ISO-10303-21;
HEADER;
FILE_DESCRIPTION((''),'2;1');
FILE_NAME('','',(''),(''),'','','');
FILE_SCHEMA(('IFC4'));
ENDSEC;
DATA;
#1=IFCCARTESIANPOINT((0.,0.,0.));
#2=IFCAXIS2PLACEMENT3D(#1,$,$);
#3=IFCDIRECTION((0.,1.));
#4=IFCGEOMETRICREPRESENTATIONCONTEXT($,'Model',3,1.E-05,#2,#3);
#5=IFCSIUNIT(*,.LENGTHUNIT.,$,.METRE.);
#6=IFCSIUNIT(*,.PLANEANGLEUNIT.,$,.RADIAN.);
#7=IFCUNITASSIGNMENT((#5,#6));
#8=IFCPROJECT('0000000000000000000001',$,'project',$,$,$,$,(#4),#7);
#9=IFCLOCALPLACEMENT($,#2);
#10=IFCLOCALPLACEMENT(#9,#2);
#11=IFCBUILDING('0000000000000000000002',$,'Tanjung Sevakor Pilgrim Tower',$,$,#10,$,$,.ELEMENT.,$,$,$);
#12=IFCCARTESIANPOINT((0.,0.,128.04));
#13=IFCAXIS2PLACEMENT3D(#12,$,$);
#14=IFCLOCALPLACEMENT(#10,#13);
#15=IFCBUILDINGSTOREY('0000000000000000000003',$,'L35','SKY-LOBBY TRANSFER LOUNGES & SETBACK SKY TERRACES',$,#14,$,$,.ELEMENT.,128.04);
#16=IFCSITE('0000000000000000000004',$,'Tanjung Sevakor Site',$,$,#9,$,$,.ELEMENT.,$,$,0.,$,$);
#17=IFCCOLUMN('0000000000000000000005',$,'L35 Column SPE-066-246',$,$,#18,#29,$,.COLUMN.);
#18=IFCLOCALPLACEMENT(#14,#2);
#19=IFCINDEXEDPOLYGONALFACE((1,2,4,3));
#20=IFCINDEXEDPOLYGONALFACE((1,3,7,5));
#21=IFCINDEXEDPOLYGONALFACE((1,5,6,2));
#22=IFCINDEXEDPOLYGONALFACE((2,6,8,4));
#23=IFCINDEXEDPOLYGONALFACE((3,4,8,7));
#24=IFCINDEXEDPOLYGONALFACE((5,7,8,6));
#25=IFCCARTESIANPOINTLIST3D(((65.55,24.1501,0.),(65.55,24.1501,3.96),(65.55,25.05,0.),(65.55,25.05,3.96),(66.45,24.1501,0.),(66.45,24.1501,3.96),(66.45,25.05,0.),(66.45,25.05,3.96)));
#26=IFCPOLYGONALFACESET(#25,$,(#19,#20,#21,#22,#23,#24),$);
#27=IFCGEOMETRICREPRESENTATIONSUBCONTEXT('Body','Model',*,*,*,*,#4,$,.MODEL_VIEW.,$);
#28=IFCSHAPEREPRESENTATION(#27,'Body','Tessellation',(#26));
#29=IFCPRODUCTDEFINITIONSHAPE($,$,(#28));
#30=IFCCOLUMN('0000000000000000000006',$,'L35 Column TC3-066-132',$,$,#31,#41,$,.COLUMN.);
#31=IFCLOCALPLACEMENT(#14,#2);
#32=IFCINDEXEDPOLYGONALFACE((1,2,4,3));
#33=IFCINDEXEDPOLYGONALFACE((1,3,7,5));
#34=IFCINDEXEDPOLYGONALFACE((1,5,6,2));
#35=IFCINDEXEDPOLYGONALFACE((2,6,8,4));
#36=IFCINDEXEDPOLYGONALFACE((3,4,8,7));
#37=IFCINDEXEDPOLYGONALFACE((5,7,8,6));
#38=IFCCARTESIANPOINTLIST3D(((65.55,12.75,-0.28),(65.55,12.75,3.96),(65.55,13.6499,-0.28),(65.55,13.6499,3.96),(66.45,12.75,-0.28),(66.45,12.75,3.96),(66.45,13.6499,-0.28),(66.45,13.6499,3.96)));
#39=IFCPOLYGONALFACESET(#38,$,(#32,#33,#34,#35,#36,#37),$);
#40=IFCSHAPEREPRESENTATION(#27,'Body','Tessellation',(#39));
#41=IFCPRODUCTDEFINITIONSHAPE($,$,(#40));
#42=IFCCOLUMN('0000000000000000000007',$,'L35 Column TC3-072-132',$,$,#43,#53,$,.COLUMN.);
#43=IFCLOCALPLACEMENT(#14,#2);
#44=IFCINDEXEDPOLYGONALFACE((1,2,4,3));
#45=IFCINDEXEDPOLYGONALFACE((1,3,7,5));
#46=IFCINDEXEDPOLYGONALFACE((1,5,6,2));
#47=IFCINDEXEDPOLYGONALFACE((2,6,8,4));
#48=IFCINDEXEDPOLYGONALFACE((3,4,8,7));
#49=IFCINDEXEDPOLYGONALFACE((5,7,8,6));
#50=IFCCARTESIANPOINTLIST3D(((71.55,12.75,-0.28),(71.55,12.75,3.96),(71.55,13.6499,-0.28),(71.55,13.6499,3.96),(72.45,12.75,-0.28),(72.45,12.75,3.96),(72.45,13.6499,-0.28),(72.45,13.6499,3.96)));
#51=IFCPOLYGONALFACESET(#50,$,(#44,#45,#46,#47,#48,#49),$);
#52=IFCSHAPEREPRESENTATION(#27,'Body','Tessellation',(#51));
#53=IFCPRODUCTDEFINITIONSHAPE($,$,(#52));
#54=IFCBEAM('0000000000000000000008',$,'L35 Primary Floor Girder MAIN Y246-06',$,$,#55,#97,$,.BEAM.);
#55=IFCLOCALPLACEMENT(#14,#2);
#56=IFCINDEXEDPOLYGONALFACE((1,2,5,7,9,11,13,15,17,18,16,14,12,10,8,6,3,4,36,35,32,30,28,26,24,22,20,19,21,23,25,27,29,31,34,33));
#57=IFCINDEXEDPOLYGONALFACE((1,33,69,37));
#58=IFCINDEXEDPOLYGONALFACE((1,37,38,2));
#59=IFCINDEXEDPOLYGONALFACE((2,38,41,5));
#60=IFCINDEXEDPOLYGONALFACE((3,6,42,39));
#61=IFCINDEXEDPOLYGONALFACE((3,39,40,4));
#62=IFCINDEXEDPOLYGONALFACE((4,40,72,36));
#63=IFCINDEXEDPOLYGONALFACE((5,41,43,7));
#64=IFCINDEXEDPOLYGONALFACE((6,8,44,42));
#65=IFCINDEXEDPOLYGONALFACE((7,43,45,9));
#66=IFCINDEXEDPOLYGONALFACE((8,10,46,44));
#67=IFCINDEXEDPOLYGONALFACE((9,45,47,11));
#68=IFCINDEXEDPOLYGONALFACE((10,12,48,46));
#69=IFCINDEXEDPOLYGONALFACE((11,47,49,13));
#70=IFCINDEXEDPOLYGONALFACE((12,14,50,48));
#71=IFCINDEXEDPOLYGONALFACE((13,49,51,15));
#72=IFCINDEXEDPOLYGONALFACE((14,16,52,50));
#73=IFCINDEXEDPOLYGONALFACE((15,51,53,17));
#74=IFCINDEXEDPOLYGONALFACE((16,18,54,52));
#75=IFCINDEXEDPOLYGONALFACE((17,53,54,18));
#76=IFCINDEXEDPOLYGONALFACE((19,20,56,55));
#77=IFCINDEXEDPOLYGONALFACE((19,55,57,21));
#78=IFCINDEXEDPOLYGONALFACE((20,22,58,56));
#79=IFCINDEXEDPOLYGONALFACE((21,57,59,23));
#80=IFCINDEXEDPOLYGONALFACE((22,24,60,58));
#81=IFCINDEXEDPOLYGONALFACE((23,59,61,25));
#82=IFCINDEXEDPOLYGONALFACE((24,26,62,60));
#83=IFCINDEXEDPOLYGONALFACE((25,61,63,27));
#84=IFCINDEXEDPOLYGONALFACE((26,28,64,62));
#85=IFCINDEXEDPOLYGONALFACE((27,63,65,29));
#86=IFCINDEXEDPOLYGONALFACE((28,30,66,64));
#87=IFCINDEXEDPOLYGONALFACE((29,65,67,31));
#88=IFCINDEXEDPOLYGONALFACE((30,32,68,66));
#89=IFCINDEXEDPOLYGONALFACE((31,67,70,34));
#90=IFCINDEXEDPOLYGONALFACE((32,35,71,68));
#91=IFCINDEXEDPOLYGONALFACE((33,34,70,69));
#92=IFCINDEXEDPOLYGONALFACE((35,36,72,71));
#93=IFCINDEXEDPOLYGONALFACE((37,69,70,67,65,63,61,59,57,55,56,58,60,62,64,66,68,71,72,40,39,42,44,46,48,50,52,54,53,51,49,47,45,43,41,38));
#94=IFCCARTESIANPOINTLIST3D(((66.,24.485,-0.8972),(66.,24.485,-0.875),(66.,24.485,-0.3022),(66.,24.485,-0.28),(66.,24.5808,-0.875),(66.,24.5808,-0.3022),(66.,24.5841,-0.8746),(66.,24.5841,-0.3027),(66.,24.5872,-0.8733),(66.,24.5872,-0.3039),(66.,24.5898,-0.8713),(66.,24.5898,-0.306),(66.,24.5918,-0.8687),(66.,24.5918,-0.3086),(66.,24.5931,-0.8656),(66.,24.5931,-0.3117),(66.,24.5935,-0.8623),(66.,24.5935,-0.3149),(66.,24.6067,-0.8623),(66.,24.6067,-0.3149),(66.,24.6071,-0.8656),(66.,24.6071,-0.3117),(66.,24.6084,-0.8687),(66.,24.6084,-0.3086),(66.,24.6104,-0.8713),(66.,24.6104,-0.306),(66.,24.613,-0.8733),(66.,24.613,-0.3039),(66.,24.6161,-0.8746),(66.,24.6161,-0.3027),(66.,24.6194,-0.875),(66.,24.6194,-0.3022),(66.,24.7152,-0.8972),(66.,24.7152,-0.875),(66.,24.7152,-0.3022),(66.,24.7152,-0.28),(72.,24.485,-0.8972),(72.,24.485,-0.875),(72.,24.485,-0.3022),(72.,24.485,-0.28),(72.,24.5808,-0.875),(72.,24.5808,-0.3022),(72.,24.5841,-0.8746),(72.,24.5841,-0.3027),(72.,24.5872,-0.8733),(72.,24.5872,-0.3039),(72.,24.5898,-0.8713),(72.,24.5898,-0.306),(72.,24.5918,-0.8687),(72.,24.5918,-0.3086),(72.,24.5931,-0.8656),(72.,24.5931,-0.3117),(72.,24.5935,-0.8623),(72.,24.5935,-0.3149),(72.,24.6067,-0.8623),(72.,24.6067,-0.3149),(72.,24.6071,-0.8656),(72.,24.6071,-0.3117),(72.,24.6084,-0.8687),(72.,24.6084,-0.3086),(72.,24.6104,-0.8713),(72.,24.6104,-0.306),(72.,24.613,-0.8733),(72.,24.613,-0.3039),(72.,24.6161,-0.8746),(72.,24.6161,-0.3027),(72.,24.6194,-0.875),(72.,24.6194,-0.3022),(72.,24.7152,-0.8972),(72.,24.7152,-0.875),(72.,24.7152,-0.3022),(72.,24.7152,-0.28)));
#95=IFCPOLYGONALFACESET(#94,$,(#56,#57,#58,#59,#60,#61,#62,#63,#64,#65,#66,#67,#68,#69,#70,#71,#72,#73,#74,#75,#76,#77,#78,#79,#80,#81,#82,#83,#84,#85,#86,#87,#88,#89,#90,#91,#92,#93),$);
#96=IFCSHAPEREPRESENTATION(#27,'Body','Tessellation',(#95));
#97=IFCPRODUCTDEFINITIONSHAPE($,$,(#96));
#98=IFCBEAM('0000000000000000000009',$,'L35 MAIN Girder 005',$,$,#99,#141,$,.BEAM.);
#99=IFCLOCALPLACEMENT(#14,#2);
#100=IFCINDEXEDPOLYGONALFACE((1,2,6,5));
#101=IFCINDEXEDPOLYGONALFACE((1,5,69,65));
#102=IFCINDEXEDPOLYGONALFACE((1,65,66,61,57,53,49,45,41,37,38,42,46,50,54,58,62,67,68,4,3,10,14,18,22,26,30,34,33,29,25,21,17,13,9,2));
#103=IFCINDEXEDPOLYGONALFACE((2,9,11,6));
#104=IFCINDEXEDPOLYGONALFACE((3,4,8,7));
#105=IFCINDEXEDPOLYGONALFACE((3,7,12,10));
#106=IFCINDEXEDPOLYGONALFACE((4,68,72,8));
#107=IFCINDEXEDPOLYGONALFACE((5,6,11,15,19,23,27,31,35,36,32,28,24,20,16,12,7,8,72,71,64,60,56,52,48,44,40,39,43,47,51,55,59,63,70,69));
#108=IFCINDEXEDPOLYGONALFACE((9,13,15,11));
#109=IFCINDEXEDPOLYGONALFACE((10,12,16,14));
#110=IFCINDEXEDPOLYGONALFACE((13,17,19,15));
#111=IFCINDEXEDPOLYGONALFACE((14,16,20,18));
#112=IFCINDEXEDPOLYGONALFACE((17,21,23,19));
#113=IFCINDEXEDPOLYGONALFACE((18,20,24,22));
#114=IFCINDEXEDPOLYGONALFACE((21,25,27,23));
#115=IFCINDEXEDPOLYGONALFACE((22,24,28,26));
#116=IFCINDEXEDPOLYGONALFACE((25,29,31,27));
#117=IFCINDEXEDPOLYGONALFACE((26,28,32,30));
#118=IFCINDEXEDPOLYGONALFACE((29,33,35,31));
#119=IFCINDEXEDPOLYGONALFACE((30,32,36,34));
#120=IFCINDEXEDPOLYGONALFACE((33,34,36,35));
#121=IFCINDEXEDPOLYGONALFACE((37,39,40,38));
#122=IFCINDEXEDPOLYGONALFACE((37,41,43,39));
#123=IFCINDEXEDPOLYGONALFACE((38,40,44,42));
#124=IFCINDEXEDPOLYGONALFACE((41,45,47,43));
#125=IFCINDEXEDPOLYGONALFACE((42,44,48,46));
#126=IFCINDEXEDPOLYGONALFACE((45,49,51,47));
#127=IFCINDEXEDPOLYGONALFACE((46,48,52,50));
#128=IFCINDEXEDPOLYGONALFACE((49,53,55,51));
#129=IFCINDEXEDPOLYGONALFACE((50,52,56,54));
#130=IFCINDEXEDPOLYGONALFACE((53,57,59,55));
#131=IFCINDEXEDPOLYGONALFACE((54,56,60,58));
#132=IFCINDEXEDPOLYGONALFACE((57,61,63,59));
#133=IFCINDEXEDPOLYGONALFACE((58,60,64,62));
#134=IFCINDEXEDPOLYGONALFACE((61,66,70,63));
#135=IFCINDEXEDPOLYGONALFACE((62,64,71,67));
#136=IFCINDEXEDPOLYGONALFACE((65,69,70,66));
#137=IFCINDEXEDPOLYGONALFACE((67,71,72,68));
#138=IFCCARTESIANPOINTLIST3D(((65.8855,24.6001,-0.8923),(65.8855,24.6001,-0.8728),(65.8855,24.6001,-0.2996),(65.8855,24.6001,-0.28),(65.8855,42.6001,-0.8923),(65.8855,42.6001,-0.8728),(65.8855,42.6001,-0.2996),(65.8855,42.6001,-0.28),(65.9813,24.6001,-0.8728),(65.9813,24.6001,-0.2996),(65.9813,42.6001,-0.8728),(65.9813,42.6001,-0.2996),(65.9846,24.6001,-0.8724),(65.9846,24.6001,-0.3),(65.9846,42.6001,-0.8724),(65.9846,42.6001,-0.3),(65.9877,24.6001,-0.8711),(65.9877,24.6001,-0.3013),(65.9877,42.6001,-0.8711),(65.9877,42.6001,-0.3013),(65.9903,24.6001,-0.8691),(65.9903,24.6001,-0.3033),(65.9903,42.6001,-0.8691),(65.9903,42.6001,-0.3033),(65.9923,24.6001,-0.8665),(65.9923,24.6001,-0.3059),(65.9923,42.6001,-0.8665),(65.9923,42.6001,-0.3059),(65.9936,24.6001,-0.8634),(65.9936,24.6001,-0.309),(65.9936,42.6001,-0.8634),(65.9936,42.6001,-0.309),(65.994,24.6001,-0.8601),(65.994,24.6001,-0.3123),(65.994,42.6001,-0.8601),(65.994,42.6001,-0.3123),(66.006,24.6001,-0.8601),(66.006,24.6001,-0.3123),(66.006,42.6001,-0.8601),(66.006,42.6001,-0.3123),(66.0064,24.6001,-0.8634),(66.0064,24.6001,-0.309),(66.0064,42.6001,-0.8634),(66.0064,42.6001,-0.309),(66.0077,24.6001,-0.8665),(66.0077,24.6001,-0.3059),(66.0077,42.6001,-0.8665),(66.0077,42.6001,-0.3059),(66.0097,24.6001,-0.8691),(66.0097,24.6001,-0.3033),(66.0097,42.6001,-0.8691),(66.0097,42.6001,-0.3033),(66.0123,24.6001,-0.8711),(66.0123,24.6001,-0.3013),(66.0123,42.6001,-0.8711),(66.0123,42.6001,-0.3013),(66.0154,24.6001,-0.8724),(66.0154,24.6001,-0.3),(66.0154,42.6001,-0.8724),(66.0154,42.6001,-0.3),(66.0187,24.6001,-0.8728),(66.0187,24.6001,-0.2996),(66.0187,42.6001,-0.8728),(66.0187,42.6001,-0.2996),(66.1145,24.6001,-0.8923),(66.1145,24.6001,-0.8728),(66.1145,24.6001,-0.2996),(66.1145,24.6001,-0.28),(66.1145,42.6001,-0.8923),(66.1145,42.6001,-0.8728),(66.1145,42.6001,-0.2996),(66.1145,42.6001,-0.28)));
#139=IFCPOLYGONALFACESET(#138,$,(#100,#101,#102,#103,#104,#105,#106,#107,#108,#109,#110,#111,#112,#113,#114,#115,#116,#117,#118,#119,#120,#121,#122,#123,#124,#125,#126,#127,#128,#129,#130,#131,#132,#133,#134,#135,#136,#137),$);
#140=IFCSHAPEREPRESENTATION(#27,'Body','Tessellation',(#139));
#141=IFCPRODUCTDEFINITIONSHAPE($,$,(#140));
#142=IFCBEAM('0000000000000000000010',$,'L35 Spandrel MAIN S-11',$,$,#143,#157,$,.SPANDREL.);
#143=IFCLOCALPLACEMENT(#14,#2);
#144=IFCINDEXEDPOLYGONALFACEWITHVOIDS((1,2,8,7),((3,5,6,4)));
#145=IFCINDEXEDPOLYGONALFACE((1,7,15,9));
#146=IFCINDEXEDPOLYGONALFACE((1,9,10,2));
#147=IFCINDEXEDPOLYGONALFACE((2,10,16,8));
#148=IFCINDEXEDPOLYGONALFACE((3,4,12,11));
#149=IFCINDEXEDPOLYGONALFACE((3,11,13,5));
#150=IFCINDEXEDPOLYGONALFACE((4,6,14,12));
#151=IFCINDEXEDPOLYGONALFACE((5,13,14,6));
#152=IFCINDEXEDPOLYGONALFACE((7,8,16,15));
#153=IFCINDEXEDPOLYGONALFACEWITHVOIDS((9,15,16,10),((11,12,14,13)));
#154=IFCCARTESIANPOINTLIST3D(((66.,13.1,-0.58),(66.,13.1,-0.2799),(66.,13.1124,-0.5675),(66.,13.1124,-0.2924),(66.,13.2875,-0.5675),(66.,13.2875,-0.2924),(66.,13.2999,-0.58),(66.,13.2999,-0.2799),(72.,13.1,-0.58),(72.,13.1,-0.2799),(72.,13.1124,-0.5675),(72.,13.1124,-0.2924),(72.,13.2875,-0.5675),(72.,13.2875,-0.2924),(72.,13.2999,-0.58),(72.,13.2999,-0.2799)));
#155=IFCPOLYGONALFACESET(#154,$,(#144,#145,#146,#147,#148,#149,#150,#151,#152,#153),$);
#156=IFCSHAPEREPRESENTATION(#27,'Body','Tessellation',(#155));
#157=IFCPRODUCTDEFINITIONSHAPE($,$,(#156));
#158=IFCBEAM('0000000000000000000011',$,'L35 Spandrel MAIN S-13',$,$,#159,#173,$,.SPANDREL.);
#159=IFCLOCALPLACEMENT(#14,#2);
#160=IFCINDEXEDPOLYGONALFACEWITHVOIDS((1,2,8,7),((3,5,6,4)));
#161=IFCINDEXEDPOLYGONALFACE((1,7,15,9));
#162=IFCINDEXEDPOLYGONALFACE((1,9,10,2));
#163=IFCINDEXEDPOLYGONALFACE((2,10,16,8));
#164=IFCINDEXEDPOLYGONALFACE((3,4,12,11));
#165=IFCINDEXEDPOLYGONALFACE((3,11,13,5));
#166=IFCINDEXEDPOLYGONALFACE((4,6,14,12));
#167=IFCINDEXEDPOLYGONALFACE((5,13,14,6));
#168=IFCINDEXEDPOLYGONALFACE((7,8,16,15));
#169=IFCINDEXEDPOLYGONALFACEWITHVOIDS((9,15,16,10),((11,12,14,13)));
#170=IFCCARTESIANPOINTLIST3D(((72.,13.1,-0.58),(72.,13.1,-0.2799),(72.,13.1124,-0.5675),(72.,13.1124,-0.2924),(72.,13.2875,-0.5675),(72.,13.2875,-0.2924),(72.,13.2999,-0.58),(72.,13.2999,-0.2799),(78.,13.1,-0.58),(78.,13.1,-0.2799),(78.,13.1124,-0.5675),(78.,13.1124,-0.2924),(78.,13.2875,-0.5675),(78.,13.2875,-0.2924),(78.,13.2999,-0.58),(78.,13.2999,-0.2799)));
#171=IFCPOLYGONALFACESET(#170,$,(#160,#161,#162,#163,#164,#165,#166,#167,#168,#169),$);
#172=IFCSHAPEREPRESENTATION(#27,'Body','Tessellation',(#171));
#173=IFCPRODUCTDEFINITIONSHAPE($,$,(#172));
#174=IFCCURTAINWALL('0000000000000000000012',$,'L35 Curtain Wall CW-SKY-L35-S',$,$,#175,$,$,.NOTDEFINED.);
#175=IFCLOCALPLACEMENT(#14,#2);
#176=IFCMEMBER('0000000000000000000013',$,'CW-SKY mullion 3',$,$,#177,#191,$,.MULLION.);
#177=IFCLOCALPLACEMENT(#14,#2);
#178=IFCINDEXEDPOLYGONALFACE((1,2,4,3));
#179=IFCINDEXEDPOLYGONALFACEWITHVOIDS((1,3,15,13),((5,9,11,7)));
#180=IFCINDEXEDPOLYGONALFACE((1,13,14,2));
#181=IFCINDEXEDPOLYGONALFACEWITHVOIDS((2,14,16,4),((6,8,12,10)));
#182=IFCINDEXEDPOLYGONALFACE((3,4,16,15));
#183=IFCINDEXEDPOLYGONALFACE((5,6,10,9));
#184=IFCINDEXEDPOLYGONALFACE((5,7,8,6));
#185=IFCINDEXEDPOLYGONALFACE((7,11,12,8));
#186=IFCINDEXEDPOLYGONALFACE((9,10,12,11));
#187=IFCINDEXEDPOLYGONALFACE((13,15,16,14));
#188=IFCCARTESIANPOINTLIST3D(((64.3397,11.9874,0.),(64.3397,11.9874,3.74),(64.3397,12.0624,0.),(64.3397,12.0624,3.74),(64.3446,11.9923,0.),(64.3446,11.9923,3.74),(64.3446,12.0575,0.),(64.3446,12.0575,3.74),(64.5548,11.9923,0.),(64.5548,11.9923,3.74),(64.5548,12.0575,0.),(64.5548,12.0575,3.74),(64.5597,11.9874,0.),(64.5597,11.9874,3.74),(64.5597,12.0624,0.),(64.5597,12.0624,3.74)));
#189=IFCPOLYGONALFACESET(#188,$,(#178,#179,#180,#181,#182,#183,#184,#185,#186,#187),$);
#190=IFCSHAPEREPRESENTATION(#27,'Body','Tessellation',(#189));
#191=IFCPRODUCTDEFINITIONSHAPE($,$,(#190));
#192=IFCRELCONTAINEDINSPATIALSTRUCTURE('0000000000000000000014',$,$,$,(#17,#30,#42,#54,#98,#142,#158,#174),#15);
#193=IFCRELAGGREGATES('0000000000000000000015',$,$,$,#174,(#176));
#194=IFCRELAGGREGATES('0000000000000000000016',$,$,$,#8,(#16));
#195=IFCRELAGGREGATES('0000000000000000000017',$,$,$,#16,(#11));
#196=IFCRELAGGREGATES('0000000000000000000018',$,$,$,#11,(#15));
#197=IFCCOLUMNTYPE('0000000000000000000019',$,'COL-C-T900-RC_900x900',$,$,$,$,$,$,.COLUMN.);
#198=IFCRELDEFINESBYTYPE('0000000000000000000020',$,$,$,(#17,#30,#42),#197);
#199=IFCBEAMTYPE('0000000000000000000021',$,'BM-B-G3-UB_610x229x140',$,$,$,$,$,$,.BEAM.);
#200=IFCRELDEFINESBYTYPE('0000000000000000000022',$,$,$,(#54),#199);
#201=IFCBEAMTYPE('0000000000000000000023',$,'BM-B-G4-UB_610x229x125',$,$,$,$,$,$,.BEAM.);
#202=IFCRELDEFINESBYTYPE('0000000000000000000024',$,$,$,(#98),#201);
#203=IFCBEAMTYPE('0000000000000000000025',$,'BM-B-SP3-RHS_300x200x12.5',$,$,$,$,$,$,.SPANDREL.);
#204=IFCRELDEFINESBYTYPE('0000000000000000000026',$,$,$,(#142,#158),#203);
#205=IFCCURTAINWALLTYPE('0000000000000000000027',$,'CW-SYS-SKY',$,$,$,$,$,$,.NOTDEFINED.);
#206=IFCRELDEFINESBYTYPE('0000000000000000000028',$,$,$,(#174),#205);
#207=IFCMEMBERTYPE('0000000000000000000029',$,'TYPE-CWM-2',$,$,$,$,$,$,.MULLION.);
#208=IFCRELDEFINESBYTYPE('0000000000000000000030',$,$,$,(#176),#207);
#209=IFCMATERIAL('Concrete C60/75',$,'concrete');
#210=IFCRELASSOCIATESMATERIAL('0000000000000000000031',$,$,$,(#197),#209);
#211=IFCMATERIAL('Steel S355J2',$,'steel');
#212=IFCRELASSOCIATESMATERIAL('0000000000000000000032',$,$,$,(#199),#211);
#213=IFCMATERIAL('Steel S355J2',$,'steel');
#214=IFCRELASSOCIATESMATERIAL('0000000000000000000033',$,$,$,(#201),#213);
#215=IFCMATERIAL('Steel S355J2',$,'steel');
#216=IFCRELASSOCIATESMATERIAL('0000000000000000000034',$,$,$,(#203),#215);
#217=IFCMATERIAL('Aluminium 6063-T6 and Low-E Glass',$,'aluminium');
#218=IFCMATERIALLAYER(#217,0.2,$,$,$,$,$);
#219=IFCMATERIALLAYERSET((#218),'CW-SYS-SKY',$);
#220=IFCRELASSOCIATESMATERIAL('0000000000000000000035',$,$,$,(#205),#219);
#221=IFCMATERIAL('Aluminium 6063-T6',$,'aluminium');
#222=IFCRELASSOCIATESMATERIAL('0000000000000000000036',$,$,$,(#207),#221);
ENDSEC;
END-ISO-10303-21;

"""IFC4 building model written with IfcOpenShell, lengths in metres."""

from ifc_helpers import new_model, si_unit, direction, frame, origin, origin_2d, place, context, subcontext, project, spatial, rectangle, hollow_rectangle, i_section, extrude, material, layer, layer_set, material_profile, profile_set, type_object, element, aggregate, save


model = new_model("IFC4")

# Units and contexts
model_context = context("Model", 3, precision=1e-05, world=origin(), true_north=direction((0.0, 1.0)))
body_context = subcontext(model_context, "Body", "Model", "MODEL_VIEW")
ifc_project = project(units=[si_unit("LENGTHUNIT", "METRE"), si_unit("PLANEANGLEUNIT", "RADIAN")], contexts=[model_context])

# Site, building, storey
site_placement = place(None, origin())
site = spatial("IfcSite", under=ifc_project, at=site_placement, Name="Tanjung Sevakor Site", CompositionType="ELEMENT", RefElevation=0.0)
building_placement = place(site_placement, origin())
building = spatial("IfcBuilding", under=site, at=building_placement, Name="Tanjung Sevakor Pilgrim Tower", CompositionType="ELEMENT")
storey_placement = place(building_placement, frame((0.0, 0.0, 128.04)))
storey = spatial("IfcBuildingStorey", under=building, at=storey_placement, Name="L35", Description="SKY-LOBBY TRANSFER LOUNGES & SETBACK SKY TERRACES", CompositionType="ELEMENT", Elevation=128.04)

# Columns
ifc_material_1 = material(Name="Concrete C60/75", Category="concrete")
ifc_material_profile_1 = material_profile(ifc_material_1, rectangle(XDim=0.8999, YDim=0.8999, at=origin_2d()))
ifc_profile_set_1 = profile_set([ifc_material_profile_1], Name="Concrete C60/75")
column_type = type_object("IfcColumnType", Name="COL-C-T900-RC_900x900", PredefinedType="COLUMN", material=ifc_profile_set_1)
column_placement = place(storey_placement, frame((66.0, 24.6001, 0.0), z_axis=(0.0, 0.0, 1.0), x_axis=(1.0, 0.0, 0.0)))
element("IfcColumn", 1, at=column_placement, inside=storey, type_object=column_type, Name="L35 Column SPE-066-246", PredefinedType="COLUMN", context=body_context, shape_type="SweptSolid", body=[
    extrude(rectangle(XDim=0.8999, YDim=0.8999, at=origin_2d()), origin(), (0.0, 0.0, 1.0), 3.96),
])
for number, where, z_axis, x_axis, name in (
    (2, (66.0, 13.2, -0.28), (0.0, 0.0, 1.0), (1.0, 0.0, 0.0), "L35 Column TC3-066-132"),
    (3, (72.0, 13.2, -0.28), (0.0, 0.0, 1.0), (1.0, 0.0, 0.0), "L35 Column TC3-072-132"),
):
    element("IfcColumn", number, at=place(storey_placement, frame(where, z_axis=z_axis, x_axis=x_axis)), inside=storey, type_object=column_type, Name=name, PredefinedType="COLUMN", context=body_context, shape_type="SweptSolid", body=[
        extrude(rectangle(XDim=0.8999, YDim=0.8999, at=origin_2d()), origin(), (0.0, 0.0, 1.0), 4.24),
    ])

# Beams
ifc_material_2 = material(Name="Steel S355J2", Category="steel")
ifc_material_profile_2 = material_profile(ifc_material_2, i_section(OverallWidth=0.2302, OverallDepth=0.6172, WebThickness=0.0132, FlangeThickness=0.0222, FilletRadius=0.0127, at=origin_2d()))
ifc_profile_set_2 = profile_set([ifc_material_profile_2], Name="Steel S355J2")
beam_type_1 = type_object("IfcBeamType", Name="BM-B-G3-UB_610x229x140", PredefinedType="BEAM", material=ifc_profile_set_2)
beam_1_placement = place(storey_placement, frame((66.0, 24.6001, -0.5886), z_axis=(1.0, 0.0, 0.0), x_axis=(0.0, 1.0, 0.0)))
element("IfcBeam", 4, at=beam_1_placement, inside=storey, type_object=beam_type_1, Name="L35 Primary Floor Girder MAIN Y246-06", PredefinedType="BEAM", context=body_context, shape_type="SweptSolid", body=[
    extrude(i_section(OverallWidth=0.2302, OverallDepth=0.6172, WebThickness=0.0132, FlangeThickness=0.0222, FilletRadius=0.0127, at=origin_2d()), origin(), (0.0, 0.0, 1.0), 6.0),
])
ifc_material_3 = material(Name="Steel S355J2", Category="steel")
ifc_material_profile_3 = material_profile(ifc_material_3, i_section(OverallWidth=0.229, OverallDepth=0.6123, WebThickness=0.012, FlangeThickness=0.0195, FilletRadius=0.0127, at=origin_2d()))
ifc_profile_set_3 = profile_set([ifc_material_profile_3], Name="Steel S355J2")
beam_type_2 = type_object("IfcBeamType", Name="BM-B-G4-UB_610x229x125", PredefinedType="BEAM", material=ifc_profile_set_3)
beam_2_placement = place(storey_placement, frame((66.0, 24.6001, -0.5862), z_axis=(0.0, 1.0, 0.0), x_axis=(-1.0, 0.0, 0.0)))
element("IfcBeam", 5, at=beam_2_placement, inside=storey, type_object=beam_type_2, Name="L35 MAIN Girder 005", PredefinedType="BEAM", context=body_context, shape_type="SweptSolid", body=[
    extrude(i_section(OverallWidth=0.229, OverallDepth=0.6123, WebThickness=0.012, FlangeThickness=0.0195, FilletRadius=0.0127, at=origin_2d()), origin(), (0.0, 0.0, 1.0), 18.0),
])
ifc_material_4 = material(Name="Steel S355J2", Category="steel")
ifc_material_profile_4 = material_profile(ifc_material_4, hollow_rectangle(XDim=0.2, YDim=0.3, WallThickness=0.0125, at=origin_2d()))
ifc_profile_set_4 = profile_set([ifc_material_profile_4], Name="Steel S355J2")
beam_type_3 = type_object("IfcBeamType", Name="BM-B-SP3-RHS_300x200x12.5", PredefinedType="SPANDREL", material=ifc_profile_set_4)
for number, where, z_axis, x_axis, name in (
    (6, (66.0, 13.2, -0.4299), (1.0, 0.0, 0.0), (0.0, 1.0, 0.0), "L35 Spandrel MAIN S-11"),
    (7, (72.0, 13.2, -0.4299), (1.0, 0.0, 0.0), (0.0, 1.0, 0.0), "L35 Spandrel MAIN S-13"),
):
    element("IfcBeam", number, at=place(storey_placement, frame(where, z_axis=z_axis, x_axis=x_axis)), inside=storey, type_object=beam_type_3, Name=name, PredefinedType="SPANDREL", context=body_context, shape_type="SweptSolid", body=[
        extrude(hollow_rectangle(XDim=0.2, YDim=0.3, WallThickness=0.0125, at=origin_2d()), origin(), (0.0, 0.0, 1.0), 6.0),
    ])

# Curtain wall, member
ifc_material_5 = material(Name="Aluminium 6063-T6 and Low-E Glass", Category="aluminium")
ifc_layer_1 = layer(ifc_material_5, 0.2)
ifc_layer_set_1 = layer_set([ifc_layer_1], Name="CW-SYS-SKY")
curtain_wall_type = type_object("IfcCurtainWallType", Name="CW-SYS-SKY", PredefinedType="NOTDEFINED", material=ifc_layer_set_1)
curtain_wall_placement = place(storey_placement, origin())
curtain_wall = element("IfcCurtainWall", 8, at=curtain_wall_placement, inside=storey, type_object=curtain_wall_type, Name="L35 Curtain Wall CW-SKY-L35-S", PredefinedType="NOTDEFINED")
ifc_material_6 = material(Name="Aluminium 6063-T6", Category="aluminium")
ifc_material_profile_5 = material_profile(ifc_material_6, hollow_rectangle(XDim=0.075, YDim=0.22, WallThickness=0.0049, at=origin_2d()))
ifc_profile_set_5 = profile_set([ifc_material_profile_5], Name="Aluminium 6063-T6")
member_type_1 = type_object("IfcMemberType", Name="TYPE-CWM-2", PredefinedType="MULLION", material=ifc_profile_set_5)
member_1_placement = place(storey_placement, frame((64.4497, 12.0249, 0.0), z_axis=(0.0, 0.0, 1.0), x_axis=(0.0, 1.0, 0.0)))
member_1 = element("IfcMember", 9, at=member_1_placement, type_object=member_type_1, Name="CW-SKY mullion 3", PredefinedType="MULLION", context=body_context, shape_type="SweptSolid", body=[
    extrude(hollow_rectangle(XDim=0.075, YDim=0.22, WallThickness=0.0049, at=origin_2d()), origin(), (0.0, 0.0, 1.0), 3.74),
])
aggregate(curtain_wall, [member_1])

save(model, "model.ifc")
